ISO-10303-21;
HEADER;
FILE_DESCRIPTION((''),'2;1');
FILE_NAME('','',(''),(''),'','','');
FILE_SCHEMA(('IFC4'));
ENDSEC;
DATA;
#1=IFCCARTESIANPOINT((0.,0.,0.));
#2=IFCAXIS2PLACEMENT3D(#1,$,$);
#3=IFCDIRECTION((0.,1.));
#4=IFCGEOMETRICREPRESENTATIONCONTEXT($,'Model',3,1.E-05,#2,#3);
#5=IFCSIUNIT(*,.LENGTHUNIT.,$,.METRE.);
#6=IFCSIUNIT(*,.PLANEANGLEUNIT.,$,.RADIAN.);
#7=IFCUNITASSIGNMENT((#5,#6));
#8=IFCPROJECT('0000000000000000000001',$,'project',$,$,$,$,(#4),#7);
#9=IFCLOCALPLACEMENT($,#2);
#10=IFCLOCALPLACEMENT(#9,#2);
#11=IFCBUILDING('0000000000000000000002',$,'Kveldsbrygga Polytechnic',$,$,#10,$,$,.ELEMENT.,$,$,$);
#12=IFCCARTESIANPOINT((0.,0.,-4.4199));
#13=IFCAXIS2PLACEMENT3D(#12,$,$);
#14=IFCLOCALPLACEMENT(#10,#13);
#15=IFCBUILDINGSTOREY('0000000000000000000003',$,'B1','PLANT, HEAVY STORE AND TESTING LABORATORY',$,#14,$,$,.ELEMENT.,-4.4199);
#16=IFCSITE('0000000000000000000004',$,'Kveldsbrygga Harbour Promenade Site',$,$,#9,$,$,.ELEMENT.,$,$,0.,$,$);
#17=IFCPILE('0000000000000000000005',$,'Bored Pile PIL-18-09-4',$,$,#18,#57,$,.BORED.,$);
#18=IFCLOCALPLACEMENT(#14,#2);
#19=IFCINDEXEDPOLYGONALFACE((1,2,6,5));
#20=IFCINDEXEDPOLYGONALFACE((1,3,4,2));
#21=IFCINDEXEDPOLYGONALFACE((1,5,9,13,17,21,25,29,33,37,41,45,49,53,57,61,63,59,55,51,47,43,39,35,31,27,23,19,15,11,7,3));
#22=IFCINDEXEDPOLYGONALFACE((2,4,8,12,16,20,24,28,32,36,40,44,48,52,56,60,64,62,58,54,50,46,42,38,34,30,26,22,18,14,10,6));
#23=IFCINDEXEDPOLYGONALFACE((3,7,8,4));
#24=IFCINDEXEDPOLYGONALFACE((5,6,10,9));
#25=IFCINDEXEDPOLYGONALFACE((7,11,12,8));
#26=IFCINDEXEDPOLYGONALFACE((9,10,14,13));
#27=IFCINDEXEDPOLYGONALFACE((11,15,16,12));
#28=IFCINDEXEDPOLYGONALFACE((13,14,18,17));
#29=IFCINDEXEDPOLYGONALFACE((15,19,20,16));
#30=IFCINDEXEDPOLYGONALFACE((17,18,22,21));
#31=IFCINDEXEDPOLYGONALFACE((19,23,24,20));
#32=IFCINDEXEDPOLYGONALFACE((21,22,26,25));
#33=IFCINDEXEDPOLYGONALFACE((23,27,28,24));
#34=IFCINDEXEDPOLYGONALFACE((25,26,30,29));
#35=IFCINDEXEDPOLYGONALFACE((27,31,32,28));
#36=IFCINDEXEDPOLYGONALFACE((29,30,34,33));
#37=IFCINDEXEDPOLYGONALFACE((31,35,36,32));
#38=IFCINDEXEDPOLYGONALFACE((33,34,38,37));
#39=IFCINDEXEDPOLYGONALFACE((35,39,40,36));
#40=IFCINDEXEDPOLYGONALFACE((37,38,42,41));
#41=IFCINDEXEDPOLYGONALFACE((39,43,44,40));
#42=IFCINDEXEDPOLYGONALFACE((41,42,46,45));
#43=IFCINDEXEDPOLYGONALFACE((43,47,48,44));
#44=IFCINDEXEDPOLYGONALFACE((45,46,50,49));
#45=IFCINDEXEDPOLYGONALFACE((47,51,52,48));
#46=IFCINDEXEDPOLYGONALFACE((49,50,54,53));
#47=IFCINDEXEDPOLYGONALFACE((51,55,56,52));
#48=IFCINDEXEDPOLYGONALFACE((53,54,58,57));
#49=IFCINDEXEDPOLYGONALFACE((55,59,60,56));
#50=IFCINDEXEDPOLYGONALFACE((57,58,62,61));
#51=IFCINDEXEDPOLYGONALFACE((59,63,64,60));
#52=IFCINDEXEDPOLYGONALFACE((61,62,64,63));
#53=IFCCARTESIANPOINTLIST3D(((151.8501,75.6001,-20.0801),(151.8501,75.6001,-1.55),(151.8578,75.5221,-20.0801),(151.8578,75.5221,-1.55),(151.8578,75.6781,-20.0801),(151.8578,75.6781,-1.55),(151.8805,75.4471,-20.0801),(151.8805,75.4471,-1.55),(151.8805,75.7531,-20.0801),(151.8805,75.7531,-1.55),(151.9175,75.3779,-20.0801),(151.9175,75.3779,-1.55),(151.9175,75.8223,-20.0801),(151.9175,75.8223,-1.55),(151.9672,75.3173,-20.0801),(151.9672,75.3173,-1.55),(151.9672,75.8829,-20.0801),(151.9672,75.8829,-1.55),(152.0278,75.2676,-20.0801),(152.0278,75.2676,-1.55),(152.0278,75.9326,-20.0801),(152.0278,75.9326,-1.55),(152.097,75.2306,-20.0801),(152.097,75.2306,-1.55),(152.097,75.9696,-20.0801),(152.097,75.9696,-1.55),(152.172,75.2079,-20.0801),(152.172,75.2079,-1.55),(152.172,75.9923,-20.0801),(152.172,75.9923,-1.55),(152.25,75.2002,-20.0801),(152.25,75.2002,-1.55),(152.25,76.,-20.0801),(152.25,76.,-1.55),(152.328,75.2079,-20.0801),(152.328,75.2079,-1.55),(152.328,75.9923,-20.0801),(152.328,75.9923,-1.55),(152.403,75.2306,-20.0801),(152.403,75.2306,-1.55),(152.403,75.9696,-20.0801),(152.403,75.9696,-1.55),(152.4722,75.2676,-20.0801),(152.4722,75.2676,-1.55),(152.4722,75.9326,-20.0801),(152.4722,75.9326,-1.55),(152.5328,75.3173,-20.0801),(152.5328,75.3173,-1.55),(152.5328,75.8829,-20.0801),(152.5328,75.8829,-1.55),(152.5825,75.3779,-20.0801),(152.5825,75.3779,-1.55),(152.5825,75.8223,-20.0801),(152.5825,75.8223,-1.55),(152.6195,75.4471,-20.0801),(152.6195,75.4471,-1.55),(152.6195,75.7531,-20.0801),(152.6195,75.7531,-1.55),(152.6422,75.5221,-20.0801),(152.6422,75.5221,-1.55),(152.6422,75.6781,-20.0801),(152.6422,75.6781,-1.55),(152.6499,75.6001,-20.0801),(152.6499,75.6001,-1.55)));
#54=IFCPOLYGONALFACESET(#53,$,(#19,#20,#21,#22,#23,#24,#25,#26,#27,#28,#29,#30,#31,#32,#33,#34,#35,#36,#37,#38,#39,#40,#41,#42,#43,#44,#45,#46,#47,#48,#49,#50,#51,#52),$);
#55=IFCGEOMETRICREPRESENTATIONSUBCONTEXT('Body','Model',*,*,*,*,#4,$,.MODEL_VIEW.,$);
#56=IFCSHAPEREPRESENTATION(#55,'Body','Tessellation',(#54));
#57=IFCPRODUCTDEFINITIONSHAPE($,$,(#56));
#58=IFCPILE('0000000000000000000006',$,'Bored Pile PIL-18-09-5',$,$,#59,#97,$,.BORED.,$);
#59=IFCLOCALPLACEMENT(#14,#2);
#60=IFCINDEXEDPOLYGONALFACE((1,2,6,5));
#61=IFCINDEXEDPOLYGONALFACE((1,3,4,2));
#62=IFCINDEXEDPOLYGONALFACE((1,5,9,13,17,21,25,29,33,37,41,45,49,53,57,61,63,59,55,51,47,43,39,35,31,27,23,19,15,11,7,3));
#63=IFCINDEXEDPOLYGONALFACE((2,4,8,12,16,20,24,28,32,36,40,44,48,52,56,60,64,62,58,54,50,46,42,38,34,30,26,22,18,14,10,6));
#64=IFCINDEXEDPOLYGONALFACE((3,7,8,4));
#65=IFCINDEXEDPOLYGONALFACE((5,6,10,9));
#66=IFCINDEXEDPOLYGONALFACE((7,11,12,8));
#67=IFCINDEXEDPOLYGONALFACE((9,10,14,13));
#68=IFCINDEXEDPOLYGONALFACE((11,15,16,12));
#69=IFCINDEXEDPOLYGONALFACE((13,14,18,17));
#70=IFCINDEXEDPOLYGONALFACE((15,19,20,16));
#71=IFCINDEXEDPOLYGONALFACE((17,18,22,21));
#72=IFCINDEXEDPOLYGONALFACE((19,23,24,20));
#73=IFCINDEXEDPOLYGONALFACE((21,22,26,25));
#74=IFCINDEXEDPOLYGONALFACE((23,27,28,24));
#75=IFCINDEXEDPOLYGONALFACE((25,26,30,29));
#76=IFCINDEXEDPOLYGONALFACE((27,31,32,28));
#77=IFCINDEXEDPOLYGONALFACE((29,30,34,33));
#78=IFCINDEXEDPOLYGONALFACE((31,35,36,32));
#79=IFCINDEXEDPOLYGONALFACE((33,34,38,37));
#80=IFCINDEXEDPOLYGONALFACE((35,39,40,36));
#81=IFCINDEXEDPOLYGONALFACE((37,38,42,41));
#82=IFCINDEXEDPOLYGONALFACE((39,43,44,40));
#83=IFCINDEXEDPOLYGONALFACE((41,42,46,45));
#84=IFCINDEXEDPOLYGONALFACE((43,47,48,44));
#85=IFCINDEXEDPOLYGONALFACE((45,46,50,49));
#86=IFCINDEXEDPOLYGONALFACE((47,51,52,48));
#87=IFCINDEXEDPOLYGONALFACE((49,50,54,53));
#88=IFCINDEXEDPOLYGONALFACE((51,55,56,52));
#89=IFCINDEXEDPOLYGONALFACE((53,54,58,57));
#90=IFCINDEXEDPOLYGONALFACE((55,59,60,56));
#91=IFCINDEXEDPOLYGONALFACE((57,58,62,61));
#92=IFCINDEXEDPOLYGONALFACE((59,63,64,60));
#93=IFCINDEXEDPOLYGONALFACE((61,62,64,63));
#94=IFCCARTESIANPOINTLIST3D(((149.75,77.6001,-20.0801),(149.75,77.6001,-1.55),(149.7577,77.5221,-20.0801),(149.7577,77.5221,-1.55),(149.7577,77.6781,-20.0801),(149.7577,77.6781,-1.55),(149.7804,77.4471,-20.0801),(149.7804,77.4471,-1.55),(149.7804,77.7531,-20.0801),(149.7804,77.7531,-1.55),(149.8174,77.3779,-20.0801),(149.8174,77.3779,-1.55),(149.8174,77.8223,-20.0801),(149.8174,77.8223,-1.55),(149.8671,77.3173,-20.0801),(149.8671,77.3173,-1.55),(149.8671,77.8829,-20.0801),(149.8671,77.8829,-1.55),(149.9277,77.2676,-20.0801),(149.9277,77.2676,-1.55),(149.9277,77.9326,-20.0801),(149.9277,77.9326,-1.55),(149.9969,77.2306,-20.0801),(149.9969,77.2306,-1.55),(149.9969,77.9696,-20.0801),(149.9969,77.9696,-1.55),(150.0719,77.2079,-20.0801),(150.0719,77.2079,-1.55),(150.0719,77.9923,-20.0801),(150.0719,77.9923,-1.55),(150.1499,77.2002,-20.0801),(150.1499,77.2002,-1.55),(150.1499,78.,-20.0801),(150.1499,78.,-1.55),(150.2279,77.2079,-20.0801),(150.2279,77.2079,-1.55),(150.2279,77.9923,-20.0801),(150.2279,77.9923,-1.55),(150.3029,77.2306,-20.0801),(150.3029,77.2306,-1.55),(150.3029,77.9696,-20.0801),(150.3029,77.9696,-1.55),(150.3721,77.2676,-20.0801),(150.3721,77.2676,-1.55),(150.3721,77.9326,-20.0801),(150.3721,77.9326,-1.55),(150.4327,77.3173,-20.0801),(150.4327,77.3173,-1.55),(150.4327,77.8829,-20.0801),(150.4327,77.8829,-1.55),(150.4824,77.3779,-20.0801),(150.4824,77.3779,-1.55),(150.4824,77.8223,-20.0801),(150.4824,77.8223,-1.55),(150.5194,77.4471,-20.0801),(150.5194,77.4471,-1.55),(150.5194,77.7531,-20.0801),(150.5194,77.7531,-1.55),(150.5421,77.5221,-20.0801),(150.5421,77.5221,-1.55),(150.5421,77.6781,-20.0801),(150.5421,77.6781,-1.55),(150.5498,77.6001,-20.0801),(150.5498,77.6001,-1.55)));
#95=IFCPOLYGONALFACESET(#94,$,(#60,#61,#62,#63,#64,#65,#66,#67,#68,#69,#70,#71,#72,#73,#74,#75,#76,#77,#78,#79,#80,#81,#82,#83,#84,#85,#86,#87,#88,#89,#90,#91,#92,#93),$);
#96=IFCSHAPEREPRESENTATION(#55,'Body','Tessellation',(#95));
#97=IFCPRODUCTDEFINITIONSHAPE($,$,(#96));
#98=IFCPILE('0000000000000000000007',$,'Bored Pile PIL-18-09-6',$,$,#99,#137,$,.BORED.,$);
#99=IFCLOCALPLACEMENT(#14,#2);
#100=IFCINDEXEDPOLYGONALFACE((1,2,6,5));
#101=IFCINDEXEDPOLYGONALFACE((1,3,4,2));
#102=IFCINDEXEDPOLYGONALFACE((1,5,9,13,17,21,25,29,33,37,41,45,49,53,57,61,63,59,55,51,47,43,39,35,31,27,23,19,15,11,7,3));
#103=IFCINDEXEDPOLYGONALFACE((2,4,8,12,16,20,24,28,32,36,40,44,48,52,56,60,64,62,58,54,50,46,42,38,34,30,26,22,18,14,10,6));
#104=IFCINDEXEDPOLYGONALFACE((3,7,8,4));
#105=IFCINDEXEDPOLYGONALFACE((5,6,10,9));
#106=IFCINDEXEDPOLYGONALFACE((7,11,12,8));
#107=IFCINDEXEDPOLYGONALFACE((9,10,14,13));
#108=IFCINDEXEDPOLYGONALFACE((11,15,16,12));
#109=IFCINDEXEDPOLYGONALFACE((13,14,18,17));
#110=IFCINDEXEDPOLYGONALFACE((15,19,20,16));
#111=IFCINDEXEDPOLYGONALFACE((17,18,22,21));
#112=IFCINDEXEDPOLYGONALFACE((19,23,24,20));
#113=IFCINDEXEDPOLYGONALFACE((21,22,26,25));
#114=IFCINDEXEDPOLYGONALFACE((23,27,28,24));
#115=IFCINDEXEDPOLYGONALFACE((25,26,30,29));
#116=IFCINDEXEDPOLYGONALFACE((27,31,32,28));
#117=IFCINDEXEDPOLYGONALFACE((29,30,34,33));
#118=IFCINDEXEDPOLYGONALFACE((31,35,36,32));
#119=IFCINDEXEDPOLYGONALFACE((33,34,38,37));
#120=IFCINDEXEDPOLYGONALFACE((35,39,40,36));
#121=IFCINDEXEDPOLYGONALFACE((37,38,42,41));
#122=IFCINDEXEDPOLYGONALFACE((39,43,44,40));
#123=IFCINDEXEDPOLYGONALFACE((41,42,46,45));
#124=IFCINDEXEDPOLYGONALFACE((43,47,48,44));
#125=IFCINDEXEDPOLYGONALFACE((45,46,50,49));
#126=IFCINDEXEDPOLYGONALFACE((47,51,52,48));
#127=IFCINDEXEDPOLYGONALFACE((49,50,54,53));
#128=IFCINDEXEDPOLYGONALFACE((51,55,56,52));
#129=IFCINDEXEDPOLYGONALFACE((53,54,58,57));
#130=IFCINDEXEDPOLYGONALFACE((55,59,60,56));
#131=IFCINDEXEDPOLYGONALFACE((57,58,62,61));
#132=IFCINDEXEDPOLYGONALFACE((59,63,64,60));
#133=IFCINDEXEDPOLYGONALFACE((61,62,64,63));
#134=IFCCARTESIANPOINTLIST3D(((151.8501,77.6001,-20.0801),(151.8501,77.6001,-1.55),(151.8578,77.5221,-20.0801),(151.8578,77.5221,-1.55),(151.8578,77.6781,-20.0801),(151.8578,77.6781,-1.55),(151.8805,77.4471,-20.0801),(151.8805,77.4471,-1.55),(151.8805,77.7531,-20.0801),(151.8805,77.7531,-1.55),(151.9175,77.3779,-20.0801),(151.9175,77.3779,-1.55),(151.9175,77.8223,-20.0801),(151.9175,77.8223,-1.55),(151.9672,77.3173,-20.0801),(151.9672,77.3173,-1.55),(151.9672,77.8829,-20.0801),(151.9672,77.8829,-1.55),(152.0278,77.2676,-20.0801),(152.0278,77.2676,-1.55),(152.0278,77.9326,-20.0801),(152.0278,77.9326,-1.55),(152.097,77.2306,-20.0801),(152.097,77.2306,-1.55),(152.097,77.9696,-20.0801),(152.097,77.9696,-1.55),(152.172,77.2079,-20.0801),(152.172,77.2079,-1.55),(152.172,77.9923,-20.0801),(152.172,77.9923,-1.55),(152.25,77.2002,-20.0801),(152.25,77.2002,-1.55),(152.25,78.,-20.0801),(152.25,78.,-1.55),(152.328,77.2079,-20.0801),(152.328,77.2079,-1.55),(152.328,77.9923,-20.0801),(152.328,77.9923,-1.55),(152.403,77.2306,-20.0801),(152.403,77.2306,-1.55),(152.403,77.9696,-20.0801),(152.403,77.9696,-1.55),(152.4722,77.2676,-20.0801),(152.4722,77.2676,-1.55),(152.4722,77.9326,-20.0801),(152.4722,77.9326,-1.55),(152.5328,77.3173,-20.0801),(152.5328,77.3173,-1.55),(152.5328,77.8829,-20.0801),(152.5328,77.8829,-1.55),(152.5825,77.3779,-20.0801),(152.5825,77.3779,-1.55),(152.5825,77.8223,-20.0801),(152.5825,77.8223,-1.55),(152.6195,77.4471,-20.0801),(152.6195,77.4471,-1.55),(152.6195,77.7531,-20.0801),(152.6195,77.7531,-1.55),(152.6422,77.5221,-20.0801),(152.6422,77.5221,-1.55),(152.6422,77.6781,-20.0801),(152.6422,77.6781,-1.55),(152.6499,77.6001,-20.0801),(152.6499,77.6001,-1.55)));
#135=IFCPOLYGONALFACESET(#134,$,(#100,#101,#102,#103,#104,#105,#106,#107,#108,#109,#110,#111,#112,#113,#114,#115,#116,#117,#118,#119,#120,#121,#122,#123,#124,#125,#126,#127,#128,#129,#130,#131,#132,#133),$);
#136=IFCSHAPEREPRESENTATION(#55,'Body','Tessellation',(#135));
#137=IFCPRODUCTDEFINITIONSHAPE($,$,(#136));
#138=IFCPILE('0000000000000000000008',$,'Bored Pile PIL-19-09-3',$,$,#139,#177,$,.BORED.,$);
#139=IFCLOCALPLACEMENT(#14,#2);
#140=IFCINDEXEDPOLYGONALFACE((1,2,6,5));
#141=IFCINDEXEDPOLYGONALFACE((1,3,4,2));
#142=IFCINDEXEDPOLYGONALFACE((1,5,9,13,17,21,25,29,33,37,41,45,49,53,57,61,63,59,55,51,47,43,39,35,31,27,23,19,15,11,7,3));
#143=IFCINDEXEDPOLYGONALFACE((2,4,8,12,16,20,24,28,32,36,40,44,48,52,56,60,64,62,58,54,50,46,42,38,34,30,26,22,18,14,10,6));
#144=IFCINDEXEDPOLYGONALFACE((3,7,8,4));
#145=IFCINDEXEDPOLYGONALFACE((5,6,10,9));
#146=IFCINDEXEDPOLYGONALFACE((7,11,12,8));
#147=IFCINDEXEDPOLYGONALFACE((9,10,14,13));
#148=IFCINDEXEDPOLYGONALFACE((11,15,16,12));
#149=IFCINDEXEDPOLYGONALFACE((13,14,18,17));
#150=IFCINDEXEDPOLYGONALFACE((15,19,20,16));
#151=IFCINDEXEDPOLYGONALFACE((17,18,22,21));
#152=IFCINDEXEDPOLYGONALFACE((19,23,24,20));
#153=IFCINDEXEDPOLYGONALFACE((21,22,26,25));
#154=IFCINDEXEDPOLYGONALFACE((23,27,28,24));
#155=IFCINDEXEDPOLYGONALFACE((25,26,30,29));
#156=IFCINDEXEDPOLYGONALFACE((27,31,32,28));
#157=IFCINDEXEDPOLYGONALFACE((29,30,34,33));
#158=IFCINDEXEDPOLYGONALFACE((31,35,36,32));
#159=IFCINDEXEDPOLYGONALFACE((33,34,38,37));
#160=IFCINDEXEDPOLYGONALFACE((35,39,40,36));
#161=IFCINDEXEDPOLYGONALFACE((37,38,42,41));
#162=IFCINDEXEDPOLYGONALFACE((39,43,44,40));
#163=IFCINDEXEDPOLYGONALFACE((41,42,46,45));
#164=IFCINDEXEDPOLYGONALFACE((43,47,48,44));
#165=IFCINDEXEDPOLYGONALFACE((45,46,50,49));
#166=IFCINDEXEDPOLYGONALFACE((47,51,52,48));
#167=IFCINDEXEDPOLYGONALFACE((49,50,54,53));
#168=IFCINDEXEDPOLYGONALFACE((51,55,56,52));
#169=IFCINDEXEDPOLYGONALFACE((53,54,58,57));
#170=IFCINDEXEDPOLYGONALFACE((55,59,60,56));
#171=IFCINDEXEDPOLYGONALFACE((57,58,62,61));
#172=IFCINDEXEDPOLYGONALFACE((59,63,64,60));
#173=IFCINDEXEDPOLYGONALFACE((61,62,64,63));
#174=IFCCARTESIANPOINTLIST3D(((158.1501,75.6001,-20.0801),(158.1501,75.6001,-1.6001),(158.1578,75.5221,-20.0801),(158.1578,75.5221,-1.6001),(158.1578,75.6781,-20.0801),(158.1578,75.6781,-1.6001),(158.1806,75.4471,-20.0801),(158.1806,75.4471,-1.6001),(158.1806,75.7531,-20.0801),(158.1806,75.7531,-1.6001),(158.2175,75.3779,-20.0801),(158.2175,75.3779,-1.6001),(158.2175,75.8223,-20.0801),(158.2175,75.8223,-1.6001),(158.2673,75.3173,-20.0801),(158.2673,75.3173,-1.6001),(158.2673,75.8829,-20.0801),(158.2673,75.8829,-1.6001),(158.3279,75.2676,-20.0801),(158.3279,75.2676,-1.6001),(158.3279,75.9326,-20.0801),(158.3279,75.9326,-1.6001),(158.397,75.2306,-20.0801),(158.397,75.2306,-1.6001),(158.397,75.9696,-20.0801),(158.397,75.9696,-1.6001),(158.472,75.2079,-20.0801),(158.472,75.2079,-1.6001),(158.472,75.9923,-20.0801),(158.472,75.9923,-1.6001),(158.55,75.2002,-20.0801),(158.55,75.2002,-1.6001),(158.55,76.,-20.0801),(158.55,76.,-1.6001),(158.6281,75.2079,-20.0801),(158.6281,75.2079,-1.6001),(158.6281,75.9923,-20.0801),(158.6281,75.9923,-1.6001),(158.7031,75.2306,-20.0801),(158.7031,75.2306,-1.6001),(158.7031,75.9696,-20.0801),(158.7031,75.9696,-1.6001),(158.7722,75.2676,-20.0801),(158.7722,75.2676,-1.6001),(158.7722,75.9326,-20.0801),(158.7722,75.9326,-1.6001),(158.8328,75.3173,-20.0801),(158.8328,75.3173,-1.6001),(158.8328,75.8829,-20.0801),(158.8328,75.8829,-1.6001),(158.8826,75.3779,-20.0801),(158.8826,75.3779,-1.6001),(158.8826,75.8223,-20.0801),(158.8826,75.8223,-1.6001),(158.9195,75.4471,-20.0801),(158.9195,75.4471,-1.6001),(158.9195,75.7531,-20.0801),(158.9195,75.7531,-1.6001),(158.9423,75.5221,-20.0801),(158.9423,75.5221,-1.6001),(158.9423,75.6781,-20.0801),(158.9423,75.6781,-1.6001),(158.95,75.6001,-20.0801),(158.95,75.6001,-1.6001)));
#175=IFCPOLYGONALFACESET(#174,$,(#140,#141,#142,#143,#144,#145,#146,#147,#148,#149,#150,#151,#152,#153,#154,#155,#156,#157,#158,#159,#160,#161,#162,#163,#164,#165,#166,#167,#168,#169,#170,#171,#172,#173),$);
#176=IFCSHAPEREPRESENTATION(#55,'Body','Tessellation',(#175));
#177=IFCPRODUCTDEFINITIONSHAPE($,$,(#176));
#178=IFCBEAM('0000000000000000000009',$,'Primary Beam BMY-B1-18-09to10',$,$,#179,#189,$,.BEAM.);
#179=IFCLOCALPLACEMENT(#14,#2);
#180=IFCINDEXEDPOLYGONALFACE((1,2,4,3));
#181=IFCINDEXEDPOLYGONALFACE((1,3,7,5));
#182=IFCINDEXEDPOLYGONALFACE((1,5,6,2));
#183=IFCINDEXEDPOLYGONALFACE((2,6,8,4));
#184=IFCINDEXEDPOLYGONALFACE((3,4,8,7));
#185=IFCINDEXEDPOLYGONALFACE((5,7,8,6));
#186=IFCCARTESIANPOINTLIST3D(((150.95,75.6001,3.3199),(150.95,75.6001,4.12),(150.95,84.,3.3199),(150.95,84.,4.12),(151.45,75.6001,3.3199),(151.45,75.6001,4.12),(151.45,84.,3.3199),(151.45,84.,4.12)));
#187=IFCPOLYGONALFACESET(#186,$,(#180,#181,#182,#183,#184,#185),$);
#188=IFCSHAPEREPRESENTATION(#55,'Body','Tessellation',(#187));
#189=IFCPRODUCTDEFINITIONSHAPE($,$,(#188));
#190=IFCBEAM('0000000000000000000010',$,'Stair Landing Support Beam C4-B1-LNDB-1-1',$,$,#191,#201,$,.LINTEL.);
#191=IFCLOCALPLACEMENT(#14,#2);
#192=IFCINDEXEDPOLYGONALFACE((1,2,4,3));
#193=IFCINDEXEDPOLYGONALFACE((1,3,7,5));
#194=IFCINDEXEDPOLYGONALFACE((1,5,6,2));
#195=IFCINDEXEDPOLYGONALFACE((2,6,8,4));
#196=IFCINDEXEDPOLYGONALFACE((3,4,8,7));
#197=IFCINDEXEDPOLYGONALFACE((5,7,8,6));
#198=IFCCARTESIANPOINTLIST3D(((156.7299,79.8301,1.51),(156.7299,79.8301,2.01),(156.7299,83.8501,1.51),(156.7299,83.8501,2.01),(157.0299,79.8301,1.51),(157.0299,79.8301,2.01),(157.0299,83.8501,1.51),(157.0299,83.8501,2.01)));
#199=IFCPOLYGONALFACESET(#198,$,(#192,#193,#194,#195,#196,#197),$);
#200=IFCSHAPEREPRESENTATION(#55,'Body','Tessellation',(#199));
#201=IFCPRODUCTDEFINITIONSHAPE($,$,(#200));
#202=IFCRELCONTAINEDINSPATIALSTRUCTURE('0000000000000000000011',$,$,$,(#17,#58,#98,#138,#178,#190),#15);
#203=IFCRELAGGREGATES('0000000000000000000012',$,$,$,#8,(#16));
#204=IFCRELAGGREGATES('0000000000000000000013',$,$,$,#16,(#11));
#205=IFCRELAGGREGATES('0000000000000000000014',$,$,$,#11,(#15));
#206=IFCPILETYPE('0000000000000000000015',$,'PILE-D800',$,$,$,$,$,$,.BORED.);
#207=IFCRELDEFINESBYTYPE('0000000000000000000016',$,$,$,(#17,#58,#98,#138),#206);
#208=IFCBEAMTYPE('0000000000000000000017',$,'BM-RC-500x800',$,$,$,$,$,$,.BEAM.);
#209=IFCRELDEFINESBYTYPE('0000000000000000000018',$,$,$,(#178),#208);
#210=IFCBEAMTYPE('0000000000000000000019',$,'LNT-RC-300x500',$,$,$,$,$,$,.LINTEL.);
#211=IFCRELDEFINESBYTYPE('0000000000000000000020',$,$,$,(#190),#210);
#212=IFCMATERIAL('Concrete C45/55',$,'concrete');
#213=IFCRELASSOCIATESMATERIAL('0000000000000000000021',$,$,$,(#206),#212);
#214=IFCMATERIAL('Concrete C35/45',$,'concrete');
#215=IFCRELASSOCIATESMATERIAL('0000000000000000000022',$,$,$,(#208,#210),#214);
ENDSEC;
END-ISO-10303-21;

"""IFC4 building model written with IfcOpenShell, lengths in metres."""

from ifc_helpers import new_model, si_unit, direction, frame, origin, origin_2d, place, context, subcontext, project, spatial, rectangle, circle, extrude, material, material_profile, profile_set, type_object, element, save


model = new_model("IFC4")

# Units and contexts
model_context = context("Model", 3, precision=1e-05, world=origin(), true_north=direction((0.0, 1.0)))
body_context = subcontext(model_context, "Body", "Model", "MODEL_VIEW")
ifc_project = project(units=[si_unit("LENGTHUNIT", "METRE"), si_unit("PLANEANGLEUNIT", "RADIAN")], contexts=[model_context])

# Site, building, storey
site_placement = place(None, origin())
site = spatial("IfcSite", under=ifc_project, at=site_placement, Name="Kveldsbrygga Harbour Promenade Site", CompositionType="ELEMENT", RefElevation=0.0)
building_placement = place(site_placement, origin())
building = spatial("IfcBuilding", under=site, at=building_placement, Name="Kveldsbrygga Polytechnic", CompositionType="ELEMENT")
storey_placement = place(building_placement, frame((0.0, 0.0, -4.4199)))
storey = spatial("IfcBuildingStorey", under=building, at=storey_placement, Name="B1", Description="PLANT, HEAVY STORE AND TESTING LABORATORY", CompositionType="ELEMENT", Elevation=-4.4199)

# Piles
ifc_material_1 = material(Name="Concrete C45/55", Category="concrete")
ifc_material_profile_1 = material_profile(ifc_material_1, circle(Radius=0.3999, at=origin_2d()), Name="PILE D800")
ifc_profile_set_1 = profile_set([ifc_material_profile_1], Name="Concrete C45/55")
pile_type = type_object("IfcPileType", Name="PILE-D800", PredefinedType="BORED", material=ifc_profile_set_1)
for number, where, z_axis, x_axis, name in (
    (1, (152.25, 75.6001, -1.55), (0.0, 0.0, -1.0), (1.0, 0.0, 0.0), "Bored Pile PIL-18-09-4"),
    (2, (150.1499, 77.6001, -1.55), (0.0, 0.0, -1.0), (1.0, 0.0, 0.0), "Bored Pile PIL-18-09-5"),
    (3, (152.25, 77.6001, -1.55), (0.0, 0.0, -1.0), (1.0, 0.0, 0.0), "Bored Pile PIL-18-09-6"),
):
    element("IfcPile", number, at=place(storey_placement, frame(where, z_axis=z_axis, x_axis=x_axis)), inside=storey, type_object=pile_type, Name=name, PredefinedType="BORED", context=body_context, shape_type="SweptSolid", body=[
        extrude(circle(Radius=0.3999, at=origin_2d()), origin(), (0.0, 0.0, 1.0), 18.53),
    ])
pile_placement = place(storey_placement, frame((158.55, 75.6001, -1.6001), z_axis=(0.0, 0.0, -1.0), x_axis=(1.0, 0.0, 0.0)))
element("IfcPile", 4, at=pile_placement, inside=storey, type_object=pile_type, Name="Bored Pile PIL-19-09-3", PredefinedType="BORED", context=body_context, shape_type="SweptSolid", body=[
    extrude(circle(Radius=0.3999, at=origin_2d()), origin(), (0.0, 0.0, 1.0), 18.48),
])

# Beams
ifc_material_2 = material(Name="Concrete C35/45", Category="concrete")
ifc_material_profile_2 = material_profile(ifc_material_2, rectangle(XDim=0.5, YDim=0.8, at=origin_2d()), Name="RC 500x800")
ifc_profile_set_2 = profile_set([ifc_material_profile_2], Name="Concrete C35/45")
beam_type_1 = type_object("IfcBeamType", Name="BM-RC-500x800", PredefinedType="BEAM", material=ifc_profile_set_2)
beam_1_placement = place(storey_placement, frame((151.2, 75.6001, 3.72), z_axis=(0.0, 1.0, 0.0), x_axis=(-1.0, 0.0, 0.0)))
element("IfcBeam", 5, at=beam_1_placement, inside=storey, type_object=beam_type_1, Name="Primary Beam BMY-B1-18-09to10", PredefinedType="BEAM", context=body_context, shape_type="SweptSolid", body=[
    extrude(rectangle(XDim=0.5, YDim=0.8, at=origin_2d()), origin(), (0.0, 0.0, 1.0), 8.3999),
])
ifc_material_profile_3 = material_profile(ifc_material_2, rectangle(XDim=0.3, YDim=0.5, at=origin_2d()), Name="RC 300x500")
ifc_profile_set_3 = profile_set([ifc_material_profile_3], Name="Concrete C35/45")
beam_type_2 = type_object("IfcBeamType", Name="LNT-RC-300x500", PredefinedType="LINTEL", material=ifc_profile_set_3)
beam_2_placement = place(storey_placement, frame((156.8799, 79.8301, 1.76), z_axis=(0.0, 1.0, 0.0), x_axis=(-1.0, 0.0, 0.0)))
element("IfcBeam", 6, at=beam_2_placement, inside=storey, type_object=beam_type_2, Name="Stair Landing Support Beam C4-B1-LNDB-1-1", PredefinedType="LINTEL", context=body_context, shape_type="SweptSolid", body=[
    extrude(rectangle(XDim=0.3, YDim=0.5, at=origin_2d()), origin(), (0.0, 0.0, 1.0), 4.02),
])

save(model, "model.ifc")
